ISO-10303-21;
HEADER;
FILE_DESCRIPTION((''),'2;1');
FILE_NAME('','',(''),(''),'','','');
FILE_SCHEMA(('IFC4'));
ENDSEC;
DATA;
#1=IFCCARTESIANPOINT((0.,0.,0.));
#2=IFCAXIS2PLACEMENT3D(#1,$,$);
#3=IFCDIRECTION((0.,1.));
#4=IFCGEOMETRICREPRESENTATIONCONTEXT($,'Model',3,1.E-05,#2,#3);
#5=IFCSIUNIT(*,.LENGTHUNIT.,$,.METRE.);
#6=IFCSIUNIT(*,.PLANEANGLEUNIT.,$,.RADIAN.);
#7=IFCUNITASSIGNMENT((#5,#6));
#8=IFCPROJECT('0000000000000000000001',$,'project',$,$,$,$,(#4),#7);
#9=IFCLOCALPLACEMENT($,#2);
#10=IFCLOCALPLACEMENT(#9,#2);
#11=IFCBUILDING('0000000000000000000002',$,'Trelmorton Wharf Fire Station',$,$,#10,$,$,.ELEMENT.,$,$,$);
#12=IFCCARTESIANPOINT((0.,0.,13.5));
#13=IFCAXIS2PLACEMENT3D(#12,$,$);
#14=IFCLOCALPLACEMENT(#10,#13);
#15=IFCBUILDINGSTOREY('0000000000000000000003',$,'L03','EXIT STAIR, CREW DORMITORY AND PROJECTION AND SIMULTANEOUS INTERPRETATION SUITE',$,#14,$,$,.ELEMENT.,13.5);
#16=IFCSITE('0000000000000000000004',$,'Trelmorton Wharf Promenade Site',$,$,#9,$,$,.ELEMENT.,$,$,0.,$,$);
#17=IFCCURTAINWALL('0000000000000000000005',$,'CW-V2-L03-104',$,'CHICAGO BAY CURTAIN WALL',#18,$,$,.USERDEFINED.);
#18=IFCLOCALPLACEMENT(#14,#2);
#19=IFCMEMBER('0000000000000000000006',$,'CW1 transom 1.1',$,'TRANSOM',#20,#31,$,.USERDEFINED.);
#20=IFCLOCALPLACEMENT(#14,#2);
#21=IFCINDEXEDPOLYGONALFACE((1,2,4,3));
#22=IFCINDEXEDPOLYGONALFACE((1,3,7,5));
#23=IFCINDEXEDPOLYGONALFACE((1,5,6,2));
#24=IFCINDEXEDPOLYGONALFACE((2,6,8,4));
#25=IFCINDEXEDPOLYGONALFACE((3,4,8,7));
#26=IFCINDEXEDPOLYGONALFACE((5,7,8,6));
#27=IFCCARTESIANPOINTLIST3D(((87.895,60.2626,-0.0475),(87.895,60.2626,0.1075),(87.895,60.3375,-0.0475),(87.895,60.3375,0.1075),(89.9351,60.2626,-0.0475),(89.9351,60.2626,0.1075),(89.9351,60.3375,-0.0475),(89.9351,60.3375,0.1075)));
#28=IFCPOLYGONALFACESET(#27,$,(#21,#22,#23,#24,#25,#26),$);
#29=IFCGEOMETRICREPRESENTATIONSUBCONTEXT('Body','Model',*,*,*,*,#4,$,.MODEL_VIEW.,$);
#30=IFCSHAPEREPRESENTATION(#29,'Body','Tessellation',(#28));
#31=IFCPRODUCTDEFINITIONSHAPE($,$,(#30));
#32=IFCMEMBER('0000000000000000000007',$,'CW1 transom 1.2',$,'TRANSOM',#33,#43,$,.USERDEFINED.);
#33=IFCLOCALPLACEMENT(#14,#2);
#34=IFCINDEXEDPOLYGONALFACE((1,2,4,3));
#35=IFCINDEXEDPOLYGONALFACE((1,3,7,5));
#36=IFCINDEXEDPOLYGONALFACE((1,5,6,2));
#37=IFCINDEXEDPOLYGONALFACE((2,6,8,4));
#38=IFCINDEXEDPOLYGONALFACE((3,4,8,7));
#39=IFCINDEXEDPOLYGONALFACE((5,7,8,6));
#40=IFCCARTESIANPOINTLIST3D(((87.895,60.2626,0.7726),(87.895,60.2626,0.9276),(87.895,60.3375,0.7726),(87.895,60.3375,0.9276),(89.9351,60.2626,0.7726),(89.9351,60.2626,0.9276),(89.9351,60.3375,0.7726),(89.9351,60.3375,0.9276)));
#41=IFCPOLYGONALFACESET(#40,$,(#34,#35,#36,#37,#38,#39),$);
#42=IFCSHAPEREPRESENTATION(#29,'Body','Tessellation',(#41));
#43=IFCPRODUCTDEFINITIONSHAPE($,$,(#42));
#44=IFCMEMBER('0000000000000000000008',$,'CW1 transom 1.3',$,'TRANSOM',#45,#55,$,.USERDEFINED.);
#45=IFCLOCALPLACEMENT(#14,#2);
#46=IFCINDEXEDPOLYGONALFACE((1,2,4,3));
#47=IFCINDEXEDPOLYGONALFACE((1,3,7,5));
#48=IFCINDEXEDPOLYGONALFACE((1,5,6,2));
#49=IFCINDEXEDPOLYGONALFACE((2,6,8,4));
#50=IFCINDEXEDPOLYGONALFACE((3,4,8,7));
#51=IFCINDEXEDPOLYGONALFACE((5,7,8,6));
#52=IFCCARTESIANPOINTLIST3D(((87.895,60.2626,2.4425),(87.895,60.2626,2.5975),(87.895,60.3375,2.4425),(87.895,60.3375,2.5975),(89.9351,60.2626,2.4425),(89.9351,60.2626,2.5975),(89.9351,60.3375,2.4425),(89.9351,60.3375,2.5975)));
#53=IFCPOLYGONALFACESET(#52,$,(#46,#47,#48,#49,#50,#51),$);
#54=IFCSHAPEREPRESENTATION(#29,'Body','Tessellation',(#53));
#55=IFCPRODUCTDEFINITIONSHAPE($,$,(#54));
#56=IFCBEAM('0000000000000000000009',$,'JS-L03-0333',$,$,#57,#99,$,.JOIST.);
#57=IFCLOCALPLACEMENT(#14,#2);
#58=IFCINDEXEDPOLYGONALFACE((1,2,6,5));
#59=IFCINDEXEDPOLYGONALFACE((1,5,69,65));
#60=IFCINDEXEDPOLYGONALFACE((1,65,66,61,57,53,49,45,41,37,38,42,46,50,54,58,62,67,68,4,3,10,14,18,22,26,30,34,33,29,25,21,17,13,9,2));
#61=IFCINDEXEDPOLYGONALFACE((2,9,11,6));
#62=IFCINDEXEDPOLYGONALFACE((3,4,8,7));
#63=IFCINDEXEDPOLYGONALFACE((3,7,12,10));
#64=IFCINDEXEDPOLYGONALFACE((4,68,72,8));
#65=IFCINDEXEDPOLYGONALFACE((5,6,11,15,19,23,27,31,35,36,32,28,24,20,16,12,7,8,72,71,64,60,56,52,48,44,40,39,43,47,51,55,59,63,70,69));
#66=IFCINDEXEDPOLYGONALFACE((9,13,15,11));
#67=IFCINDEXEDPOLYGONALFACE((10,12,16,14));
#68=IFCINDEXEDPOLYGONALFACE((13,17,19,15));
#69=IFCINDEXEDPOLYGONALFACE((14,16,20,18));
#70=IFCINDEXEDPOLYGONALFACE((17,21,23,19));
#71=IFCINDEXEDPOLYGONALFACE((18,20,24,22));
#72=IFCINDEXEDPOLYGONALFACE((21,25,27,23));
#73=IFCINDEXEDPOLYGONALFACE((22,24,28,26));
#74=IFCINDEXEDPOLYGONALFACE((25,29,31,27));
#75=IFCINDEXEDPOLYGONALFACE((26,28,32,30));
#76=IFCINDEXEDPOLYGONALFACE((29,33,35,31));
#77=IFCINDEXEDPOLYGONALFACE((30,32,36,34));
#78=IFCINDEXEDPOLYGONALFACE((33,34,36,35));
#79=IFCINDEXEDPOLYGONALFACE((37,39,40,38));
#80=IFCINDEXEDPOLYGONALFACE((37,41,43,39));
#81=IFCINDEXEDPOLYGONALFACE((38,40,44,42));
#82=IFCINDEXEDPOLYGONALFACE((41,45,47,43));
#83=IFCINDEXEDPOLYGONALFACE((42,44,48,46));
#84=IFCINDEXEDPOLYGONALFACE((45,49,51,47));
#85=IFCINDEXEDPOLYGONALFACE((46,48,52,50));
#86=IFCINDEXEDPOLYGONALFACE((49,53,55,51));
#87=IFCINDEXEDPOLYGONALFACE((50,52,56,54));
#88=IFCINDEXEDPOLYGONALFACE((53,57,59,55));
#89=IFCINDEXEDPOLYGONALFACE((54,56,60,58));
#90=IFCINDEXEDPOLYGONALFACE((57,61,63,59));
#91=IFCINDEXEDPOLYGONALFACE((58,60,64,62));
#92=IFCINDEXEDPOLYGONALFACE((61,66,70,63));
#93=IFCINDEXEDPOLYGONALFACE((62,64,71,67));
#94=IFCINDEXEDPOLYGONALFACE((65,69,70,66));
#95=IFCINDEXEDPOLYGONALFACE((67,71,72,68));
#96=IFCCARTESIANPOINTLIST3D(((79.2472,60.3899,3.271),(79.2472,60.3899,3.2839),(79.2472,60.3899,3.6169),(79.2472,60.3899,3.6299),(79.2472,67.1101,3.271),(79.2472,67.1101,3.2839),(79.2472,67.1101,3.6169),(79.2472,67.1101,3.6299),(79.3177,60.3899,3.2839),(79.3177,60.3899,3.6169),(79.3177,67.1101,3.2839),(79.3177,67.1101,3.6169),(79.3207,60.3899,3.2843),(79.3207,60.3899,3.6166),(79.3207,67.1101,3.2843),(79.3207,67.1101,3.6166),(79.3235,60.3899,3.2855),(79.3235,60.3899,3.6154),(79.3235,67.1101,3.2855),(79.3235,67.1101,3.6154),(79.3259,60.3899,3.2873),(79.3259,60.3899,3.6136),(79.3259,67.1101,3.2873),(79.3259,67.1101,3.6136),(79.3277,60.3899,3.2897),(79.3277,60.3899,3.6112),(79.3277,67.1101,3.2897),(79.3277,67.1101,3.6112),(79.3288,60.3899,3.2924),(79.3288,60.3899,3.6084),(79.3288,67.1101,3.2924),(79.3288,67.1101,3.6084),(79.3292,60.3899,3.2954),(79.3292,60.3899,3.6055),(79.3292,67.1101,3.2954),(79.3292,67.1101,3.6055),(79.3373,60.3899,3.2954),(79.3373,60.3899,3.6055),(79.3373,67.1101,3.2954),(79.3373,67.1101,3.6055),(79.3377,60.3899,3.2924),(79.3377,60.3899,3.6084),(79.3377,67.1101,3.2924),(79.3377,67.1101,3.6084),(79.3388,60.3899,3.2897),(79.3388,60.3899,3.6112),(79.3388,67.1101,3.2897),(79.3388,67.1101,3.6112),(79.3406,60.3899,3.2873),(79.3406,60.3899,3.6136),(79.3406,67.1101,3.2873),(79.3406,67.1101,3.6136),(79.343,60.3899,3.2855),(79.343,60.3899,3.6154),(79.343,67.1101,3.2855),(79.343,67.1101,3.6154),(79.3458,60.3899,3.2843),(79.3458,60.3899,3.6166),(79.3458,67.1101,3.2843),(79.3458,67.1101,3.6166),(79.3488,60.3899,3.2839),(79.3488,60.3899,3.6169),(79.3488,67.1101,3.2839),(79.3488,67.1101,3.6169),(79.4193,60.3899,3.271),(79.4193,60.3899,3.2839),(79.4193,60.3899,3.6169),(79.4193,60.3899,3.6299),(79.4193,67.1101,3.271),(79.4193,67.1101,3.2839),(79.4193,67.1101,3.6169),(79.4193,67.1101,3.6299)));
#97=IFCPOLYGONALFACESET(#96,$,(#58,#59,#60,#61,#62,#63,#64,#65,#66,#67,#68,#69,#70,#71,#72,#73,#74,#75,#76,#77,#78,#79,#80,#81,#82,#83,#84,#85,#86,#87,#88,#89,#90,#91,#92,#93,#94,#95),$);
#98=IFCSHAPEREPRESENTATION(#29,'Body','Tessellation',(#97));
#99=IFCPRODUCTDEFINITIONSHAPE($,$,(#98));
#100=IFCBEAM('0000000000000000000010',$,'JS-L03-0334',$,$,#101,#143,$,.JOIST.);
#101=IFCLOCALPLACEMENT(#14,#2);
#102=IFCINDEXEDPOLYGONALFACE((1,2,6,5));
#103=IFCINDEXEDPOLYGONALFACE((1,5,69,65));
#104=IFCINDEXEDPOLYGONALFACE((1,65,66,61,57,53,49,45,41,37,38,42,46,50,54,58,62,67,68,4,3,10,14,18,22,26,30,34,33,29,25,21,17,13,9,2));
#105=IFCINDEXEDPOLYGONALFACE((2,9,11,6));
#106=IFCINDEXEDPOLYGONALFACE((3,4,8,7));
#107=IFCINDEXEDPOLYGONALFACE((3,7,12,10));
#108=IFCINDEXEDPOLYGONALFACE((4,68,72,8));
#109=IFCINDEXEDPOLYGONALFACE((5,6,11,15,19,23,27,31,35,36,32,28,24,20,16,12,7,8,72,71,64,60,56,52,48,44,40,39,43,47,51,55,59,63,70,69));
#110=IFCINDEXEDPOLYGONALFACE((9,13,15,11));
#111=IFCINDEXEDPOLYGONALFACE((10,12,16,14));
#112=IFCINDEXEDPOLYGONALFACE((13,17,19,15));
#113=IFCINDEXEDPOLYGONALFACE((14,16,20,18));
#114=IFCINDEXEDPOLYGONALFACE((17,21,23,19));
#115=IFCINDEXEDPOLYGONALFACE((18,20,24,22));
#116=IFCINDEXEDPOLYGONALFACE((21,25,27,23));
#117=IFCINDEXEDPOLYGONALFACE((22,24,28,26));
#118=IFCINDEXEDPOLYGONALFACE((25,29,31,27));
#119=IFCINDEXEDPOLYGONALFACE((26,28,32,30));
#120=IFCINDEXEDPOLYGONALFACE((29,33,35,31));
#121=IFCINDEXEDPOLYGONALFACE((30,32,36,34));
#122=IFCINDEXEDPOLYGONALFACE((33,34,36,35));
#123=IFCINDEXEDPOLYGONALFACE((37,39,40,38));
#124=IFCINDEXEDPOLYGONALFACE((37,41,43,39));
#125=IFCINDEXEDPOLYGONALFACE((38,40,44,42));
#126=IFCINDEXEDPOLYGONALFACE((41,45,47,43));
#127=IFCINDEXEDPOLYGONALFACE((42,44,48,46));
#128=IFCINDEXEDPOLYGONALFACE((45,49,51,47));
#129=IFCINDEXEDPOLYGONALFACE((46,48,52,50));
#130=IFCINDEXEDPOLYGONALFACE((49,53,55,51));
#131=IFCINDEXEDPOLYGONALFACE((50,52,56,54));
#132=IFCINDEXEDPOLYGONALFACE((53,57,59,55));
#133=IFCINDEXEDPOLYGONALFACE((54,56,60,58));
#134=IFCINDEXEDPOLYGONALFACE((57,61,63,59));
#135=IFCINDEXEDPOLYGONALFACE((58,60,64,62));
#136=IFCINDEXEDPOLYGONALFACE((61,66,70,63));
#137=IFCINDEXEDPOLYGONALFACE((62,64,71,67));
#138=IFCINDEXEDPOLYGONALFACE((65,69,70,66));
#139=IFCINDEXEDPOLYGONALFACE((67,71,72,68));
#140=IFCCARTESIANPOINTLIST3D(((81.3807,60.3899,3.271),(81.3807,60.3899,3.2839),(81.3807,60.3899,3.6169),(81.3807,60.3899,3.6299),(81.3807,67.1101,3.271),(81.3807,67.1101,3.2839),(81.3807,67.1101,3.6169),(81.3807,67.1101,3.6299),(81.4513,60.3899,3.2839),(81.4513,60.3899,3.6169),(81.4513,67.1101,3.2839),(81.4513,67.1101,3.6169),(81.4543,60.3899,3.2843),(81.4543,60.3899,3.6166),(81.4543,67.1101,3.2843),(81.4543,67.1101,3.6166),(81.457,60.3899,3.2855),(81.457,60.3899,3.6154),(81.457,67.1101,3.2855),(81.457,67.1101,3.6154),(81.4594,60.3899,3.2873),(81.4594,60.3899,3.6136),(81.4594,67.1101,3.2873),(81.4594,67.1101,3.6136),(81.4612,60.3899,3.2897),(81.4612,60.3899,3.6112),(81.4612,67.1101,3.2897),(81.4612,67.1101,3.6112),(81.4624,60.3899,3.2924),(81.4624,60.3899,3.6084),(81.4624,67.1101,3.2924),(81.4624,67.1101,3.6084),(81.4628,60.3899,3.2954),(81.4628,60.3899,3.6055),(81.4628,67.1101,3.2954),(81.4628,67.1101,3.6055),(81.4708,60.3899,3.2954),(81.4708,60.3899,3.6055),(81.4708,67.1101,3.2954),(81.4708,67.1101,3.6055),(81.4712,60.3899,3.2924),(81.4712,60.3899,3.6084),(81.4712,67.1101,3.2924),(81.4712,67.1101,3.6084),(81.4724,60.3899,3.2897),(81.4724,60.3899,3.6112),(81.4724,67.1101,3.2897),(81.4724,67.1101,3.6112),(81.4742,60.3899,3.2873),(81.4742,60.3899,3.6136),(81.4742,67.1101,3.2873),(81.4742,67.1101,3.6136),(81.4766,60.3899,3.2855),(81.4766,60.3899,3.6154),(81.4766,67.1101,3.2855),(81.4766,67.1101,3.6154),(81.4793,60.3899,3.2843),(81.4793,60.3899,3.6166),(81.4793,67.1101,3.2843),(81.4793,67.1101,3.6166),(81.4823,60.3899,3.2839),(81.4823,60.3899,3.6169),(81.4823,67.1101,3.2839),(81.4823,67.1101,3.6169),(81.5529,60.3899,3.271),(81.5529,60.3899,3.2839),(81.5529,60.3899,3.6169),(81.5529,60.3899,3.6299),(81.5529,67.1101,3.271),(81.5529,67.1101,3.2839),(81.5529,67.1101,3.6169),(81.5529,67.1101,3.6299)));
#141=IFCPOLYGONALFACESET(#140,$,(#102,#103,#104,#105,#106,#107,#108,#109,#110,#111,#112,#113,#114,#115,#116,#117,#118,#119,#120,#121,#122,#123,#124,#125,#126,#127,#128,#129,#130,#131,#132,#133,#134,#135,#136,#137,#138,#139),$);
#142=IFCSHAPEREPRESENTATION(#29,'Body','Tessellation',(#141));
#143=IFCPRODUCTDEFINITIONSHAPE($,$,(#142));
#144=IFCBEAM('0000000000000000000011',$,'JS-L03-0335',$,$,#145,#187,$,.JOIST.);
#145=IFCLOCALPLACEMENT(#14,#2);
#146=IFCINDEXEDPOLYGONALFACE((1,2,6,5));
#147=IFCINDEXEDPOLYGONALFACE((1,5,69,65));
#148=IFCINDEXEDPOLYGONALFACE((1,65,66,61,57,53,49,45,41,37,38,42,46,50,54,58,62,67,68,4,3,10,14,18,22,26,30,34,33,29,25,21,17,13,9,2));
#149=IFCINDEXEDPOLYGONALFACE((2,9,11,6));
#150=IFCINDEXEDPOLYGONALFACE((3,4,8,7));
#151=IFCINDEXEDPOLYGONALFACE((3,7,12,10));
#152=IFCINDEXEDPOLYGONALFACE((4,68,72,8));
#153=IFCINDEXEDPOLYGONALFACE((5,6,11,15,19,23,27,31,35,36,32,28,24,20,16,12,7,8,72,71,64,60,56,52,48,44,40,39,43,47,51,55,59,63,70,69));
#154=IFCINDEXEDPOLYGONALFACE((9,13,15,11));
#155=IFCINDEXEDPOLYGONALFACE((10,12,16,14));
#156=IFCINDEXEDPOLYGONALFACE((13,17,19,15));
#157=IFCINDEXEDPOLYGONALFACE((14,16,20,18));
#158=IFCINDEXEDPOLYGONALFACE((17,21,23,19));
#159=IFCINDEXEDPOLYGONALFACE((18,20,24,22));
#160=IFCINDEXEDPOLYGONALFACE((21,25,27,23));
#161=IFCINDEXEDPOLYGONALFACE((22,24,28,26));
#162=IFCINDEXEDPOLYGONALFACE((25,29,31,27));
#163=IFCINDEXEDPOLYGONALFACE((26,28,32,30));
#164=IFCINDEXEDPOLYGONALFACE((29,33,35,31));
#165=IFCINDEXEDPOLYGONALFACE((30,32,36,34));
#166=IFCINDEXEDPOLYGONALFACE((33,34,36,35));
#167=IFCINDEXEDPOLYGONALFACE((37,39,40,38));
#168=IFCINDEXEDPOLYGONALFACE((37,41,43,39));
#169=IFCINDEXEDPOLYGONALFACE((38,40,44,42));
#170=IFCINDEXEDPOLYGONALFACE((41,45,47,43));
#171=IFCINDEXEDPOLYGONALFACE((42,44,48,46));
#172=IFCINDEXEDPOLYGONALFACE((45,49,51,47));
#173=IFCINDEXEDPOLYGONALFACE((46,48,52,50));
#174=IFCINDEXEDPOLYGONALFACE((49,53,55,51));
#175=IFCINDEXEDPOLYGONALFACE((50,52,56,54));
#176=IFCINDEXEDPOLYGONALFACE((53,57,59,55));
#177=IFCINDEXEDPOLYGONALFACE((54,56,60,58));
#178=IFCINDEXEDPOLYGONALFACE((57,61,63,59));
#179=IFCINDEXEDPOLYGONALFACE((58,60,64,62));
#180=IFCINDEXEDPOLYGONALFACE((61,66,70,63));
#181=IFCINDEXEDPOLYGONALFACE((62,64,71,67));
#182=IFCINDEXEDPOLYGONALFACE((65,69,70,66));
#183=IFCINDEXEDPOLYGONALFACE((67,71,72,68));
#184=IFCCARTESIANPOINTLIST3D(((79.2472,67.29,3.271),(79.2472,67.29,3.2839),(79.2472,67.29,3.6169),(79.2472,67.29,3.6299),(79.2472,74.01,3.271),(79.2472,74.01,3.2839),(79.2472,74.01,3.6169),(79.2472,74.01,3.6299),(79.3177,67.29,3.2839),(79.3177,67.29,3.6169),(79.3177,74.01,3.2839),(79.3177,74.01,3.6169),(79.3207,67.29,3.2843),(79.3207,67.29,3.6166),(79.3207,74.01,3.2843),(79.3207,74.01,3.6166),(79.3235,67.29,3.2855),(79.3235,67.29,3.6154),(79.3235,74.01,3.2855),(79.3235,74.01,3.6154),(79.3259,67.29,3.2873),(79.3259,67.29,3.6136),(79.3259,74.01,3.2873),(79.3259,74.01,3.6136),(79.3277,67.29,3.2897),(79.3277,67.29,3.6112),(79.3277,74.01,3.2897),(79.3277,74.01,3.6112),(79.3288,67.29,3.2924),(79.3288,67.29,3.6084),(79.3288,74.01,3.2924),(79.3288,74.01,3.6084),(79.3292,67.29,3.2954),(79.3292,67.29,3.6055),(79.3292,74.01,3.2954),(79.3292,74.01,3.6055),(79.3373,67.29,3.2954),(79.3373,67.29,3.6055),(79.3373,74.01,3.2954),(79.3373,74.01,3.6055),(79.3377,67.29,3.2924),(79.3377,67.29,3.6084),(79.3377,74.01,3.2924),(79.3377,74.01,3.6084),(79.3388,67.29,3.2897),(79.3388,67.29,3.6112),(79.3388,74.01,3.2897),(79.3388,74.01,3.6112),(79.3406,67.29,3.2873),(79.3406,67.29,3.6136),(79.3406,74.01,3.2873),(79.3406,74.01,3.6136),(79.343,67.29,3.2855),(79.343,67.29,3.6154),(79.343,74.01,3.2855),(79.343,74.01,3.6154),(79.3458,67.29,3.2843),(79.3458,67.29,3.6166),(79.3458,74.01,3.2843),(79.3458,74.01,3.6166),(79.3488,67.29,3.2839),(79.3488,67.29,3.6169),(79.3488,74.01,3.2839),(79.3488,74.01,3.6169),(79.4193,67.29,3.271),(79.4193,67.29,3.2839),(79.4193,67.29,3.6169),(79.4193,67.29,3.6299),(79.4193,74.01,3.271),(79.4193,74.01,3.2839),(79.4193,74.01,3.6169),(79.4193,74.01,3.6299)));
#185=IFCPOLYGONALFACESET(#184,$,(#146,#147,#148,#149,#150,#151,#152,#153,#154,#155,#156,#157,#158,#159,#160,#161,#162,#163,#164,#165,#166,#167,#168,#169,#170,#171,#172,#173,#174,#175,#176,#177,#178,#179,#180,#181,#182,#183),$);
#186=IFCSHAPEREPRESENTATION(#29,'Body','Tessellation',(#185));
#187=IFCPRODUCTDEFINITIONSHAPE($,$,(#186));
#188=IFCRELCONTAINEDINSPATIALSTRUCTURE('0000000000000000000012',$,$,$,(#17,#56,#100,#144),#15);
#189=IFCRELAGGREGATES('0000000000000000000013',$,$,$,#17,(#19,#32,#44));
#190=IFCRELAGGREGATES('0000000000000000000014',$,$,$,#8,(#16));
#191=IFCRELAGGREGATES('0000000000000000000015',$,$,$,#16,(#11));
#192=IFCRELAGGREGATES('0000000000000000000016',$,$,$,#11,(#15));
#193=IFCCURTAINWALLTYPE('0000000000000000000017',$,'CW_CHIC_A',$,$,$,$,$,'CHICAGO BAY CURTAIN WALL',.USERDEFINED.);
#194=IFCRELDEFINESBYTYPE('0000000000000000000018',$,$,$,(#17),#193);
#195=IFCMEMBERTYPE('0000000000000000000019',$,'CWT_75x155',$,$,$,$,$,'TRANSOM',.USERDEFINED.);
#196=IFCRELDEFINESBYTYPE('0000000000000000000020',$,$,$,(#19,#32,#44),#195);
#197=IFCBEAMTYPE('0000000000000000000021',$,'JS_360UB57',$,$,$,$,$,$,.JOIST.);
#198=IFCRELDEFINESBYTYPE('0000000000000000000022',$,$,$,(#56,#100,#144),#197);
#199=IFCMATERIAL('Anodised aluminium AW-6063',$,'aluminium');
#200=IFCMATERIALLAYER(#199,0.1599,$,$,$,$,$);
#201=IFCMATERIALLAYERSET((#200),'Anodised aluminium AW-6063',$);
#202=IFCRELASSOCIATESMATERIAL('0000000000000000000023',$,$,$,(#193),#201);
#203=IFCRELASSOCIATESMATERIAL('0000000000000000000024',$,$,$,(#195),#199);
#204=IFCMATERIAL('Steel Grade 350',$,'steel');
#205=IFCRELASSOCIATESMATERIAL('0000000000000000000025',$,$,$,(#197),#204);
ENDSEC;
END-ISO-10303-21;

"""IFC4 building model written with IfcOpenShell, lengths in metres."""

from ifc_helpers import new_model, si_unit, direction, frame, origin, origin_2d, place, context, subcontext, project, spatial, rectangle, i_section, extrude, material, layer, layer_set, material_profile, profile_set, type_object, element, aggregate, save


model = new_model("IFC4")

# Units and contexts
model_context = context("Model", 3, precision=1e-05, world=origin(), true_north=direction((0.0, 1.0)))
body_context = subcontext(model_context, "Body", "Model", "MODEL_VIEW")
ifc_project = project(units=[si_unit("LENGTHUNIT", "METRE"), si_unit("PLANEANGLEUNIT", "RADIAN")], contexts=[model_context])

# Site, building, storey
site_placement = place(None, origin())
site = spatial("IfcSite", under=ifc_project, at=site_placement, Name="Trelmorton Wharf Promenade Site", CompositionType="ELEMENT", RefElevation=0.0)
building_placement = place(site_placement, origin())
building = spatial("IfcBuilding", under=site, at=building_placement, Name="Trelmorton Wharf Fire Station", CompositionType="ELEMENT")
storey_placement = place(building_placement, frame((0.0, 0.0, 13.5)))
storey = spatial("IfcBuildingStorey", under=building, at=storey_placement, Name="L03", Description="EXIT STAIR, CREW DORMITORY AND PROJECTION AND SIMULTANEOUS INTERPRETATION SUITE", CompositionType="ELEMENT", Elevation=13.5)

# Shared definitions
ifc_material_1 = material(Name="Steel Grade 350", Category="steel")

# Curtain wall, members
ifc_material_2 = material(Name="Anodised aluminium AW-6063", Category="aluminium")
ifc_layer_1 = layer(ifc_material_2, 0.1599)
ifc_layer_set_1 = layer_set([ifc_layer_1], Name="Anodised aluminium AW-6063")
curtain_wall_type = type_object("IfcCurtainWallType", Name="CW_CHIC_A", ElementType="CHICAGO BAY CURTAIN WALL", PredefinedType="USERDEFINED", material=ifc_layer_set_1)
curtain_wall_placement = place(storey_placement, origin())
curtain_wall = element("IfcCurtainWall", 1, at=curtain_wall_placement, inside=storey, type_object=curtain_wall_type, Name="CW-V2-L03-104", ObjectType="CHICAGO BAY CURTAIN WALL", PredefinedType="USERDEFINED")
ifc_material_profile_1 = material_profile(ifc_material_2, rectangle(XDim=0.075, YDim=0.155, at=origin_2d()), Name="ALU-75x155")
ifc_profile_set_1 = profile_set([ifc_material_profile_1], Name="Anodised aluminium AW-6063")
member_type = type_object("IfcMemberType", Name="CWT_75x155", ElementType="TRANSOM", PredefinedType="USERDEFINED", material=ifc_profile_set_1)
member_1_placement = place(storey_placement, frame((89.9351, 60.3, 0.03), z_axis=(-1.0, 0.0, 0.0), x_axis=(0.0, -1.0, 0.0)))
member_1 = element("IfcMember", 2, at=member_1_placement, type_object=member_type, Name="CW1 transom 1.1", ObjectType="TRANSOM", PredefinedType="USERDEFINED", context=body_context, shape_type="SweptSolid", body=[
    extrude(rectangle(XDim=0.075, YDim=0.155, at=origin_2d()), origin(), (0.0, 0.0, 1.0), 2.04),
])
member_2_placement = place(storey_placement, frame((89.9351, 60.3, 0.8501), z_axis=(-1.0, 0.0, 0.0), x_axis=(0.0, -1.0, 0.0)))
member_2 = element("IfcMember", 3, at=member_2_placement, type_object=member_type, Name="CW1 transom 1.2", ObjectType="TRANSOM", PredefinedType="USERDEFINED", context=body_context, shape_type="SweptSolid", body=[
    extrude(rectangle(XDim=0.075, YDim=0.155, at=origin_2d()), origin(), (0.0, 0.0, 1.0), 2.04),
])
member_3_placement = place(storey_placement, frame((89.9351, 60.3, 2.52), z_axis=(-1.0, 0.0, 0.0), x_axis=(0.0, -1.0, 0.0)))
member_3 = element("IfcMember", 4, at=member_3_placement, type_object=member_type, Name="CW1 transom 1.3", ObjectType="TRANSOM", PredefinedType="USERDEFINED", context=body_context, shape_type="SweptSolid", body=[
    extrude(rectangle(XDim=0.075, YDim=0.155, at=origin_2d()), origin(), (0.0, 0.0, 1.0), 2.04),
])

# Beams
ifc_material_profile_2 = material_profile(ifc_material_1, i_section(OverallWidth=0.1721, OverallDepth=0.3589, WebThickness=0.0081, FlangeThickness=0.0129, FilletRadius=0.0115, at=origin_2d()), Name="360UB56.7")
ifc_profile_set_2 = profile_set([ifc_material_profile_2], Name="Steel Grade 350")
beam_type_1 = type_object("IfcBeamType", Name="JS_360UB57", PredefinedType="JOIST", material=ifc_profile_set_2)
for number, where, z_axis, x_axis, name in (
    (5, (79.3333, 60.3899, 3.4504), (0.0, 1.0, 0.0), (-1.0, 0.0, 0.0), "JS-L03-0333"),
    (6, (81.4668, 60.3899, 3.4504), (0.0, 1.0, 0.0), (-1.0, 0.0, 0.0), "JS-L03-0334"),
):
    element("IfcBeam", number, at=place(storey_placement, frame(where, z_axis=z_axis, x_axis=x_axis)), inside=storey, type_object=beam_type_1, Name=name, PredefinedType="JOIST", context=body_context, shape_type="SweptSolid", body=[
        extrude(i_section(OverallWidth=0.1721, OverallDepth=0.3589, WebThickness=0.0081, FlangeThickness=0.0129, FilletRadius=0.0115, at=origin_2d()), origin(), (0.0, 0.0, 1.0), 6.7202),
    ])
for number, where, z_axis, x_axis, name in (
    (7, (79.3333, 67.29, 3.4504), (0.0, 1.0, 0.0), (-1.0, 0.0, 0.0), "JS-L03-0335"),
):
    element("IfcBeam", number, at=place(storey_placement, frame(where, z_axis=z_axis, x_axis=x_axis)), inside=storey, type_object=beam_type_1, Name=name, PredefinedType="JOIST", context=body_context, shape_type="SweptSolid", body=[
        extrude(i_section(OverallWidth=0.1721, OverallDepth=0.3589, WebThickness=0.0081, FlangeThickness=0.0129, FilletRadius=0.0115, at=origin_2d()), origin(), (0.0, 0.0, 1.0), 6.72),
    ])

aggregate(curtain_wall, [member_1, member_2, member_3])

save(model, "model.ifc")
